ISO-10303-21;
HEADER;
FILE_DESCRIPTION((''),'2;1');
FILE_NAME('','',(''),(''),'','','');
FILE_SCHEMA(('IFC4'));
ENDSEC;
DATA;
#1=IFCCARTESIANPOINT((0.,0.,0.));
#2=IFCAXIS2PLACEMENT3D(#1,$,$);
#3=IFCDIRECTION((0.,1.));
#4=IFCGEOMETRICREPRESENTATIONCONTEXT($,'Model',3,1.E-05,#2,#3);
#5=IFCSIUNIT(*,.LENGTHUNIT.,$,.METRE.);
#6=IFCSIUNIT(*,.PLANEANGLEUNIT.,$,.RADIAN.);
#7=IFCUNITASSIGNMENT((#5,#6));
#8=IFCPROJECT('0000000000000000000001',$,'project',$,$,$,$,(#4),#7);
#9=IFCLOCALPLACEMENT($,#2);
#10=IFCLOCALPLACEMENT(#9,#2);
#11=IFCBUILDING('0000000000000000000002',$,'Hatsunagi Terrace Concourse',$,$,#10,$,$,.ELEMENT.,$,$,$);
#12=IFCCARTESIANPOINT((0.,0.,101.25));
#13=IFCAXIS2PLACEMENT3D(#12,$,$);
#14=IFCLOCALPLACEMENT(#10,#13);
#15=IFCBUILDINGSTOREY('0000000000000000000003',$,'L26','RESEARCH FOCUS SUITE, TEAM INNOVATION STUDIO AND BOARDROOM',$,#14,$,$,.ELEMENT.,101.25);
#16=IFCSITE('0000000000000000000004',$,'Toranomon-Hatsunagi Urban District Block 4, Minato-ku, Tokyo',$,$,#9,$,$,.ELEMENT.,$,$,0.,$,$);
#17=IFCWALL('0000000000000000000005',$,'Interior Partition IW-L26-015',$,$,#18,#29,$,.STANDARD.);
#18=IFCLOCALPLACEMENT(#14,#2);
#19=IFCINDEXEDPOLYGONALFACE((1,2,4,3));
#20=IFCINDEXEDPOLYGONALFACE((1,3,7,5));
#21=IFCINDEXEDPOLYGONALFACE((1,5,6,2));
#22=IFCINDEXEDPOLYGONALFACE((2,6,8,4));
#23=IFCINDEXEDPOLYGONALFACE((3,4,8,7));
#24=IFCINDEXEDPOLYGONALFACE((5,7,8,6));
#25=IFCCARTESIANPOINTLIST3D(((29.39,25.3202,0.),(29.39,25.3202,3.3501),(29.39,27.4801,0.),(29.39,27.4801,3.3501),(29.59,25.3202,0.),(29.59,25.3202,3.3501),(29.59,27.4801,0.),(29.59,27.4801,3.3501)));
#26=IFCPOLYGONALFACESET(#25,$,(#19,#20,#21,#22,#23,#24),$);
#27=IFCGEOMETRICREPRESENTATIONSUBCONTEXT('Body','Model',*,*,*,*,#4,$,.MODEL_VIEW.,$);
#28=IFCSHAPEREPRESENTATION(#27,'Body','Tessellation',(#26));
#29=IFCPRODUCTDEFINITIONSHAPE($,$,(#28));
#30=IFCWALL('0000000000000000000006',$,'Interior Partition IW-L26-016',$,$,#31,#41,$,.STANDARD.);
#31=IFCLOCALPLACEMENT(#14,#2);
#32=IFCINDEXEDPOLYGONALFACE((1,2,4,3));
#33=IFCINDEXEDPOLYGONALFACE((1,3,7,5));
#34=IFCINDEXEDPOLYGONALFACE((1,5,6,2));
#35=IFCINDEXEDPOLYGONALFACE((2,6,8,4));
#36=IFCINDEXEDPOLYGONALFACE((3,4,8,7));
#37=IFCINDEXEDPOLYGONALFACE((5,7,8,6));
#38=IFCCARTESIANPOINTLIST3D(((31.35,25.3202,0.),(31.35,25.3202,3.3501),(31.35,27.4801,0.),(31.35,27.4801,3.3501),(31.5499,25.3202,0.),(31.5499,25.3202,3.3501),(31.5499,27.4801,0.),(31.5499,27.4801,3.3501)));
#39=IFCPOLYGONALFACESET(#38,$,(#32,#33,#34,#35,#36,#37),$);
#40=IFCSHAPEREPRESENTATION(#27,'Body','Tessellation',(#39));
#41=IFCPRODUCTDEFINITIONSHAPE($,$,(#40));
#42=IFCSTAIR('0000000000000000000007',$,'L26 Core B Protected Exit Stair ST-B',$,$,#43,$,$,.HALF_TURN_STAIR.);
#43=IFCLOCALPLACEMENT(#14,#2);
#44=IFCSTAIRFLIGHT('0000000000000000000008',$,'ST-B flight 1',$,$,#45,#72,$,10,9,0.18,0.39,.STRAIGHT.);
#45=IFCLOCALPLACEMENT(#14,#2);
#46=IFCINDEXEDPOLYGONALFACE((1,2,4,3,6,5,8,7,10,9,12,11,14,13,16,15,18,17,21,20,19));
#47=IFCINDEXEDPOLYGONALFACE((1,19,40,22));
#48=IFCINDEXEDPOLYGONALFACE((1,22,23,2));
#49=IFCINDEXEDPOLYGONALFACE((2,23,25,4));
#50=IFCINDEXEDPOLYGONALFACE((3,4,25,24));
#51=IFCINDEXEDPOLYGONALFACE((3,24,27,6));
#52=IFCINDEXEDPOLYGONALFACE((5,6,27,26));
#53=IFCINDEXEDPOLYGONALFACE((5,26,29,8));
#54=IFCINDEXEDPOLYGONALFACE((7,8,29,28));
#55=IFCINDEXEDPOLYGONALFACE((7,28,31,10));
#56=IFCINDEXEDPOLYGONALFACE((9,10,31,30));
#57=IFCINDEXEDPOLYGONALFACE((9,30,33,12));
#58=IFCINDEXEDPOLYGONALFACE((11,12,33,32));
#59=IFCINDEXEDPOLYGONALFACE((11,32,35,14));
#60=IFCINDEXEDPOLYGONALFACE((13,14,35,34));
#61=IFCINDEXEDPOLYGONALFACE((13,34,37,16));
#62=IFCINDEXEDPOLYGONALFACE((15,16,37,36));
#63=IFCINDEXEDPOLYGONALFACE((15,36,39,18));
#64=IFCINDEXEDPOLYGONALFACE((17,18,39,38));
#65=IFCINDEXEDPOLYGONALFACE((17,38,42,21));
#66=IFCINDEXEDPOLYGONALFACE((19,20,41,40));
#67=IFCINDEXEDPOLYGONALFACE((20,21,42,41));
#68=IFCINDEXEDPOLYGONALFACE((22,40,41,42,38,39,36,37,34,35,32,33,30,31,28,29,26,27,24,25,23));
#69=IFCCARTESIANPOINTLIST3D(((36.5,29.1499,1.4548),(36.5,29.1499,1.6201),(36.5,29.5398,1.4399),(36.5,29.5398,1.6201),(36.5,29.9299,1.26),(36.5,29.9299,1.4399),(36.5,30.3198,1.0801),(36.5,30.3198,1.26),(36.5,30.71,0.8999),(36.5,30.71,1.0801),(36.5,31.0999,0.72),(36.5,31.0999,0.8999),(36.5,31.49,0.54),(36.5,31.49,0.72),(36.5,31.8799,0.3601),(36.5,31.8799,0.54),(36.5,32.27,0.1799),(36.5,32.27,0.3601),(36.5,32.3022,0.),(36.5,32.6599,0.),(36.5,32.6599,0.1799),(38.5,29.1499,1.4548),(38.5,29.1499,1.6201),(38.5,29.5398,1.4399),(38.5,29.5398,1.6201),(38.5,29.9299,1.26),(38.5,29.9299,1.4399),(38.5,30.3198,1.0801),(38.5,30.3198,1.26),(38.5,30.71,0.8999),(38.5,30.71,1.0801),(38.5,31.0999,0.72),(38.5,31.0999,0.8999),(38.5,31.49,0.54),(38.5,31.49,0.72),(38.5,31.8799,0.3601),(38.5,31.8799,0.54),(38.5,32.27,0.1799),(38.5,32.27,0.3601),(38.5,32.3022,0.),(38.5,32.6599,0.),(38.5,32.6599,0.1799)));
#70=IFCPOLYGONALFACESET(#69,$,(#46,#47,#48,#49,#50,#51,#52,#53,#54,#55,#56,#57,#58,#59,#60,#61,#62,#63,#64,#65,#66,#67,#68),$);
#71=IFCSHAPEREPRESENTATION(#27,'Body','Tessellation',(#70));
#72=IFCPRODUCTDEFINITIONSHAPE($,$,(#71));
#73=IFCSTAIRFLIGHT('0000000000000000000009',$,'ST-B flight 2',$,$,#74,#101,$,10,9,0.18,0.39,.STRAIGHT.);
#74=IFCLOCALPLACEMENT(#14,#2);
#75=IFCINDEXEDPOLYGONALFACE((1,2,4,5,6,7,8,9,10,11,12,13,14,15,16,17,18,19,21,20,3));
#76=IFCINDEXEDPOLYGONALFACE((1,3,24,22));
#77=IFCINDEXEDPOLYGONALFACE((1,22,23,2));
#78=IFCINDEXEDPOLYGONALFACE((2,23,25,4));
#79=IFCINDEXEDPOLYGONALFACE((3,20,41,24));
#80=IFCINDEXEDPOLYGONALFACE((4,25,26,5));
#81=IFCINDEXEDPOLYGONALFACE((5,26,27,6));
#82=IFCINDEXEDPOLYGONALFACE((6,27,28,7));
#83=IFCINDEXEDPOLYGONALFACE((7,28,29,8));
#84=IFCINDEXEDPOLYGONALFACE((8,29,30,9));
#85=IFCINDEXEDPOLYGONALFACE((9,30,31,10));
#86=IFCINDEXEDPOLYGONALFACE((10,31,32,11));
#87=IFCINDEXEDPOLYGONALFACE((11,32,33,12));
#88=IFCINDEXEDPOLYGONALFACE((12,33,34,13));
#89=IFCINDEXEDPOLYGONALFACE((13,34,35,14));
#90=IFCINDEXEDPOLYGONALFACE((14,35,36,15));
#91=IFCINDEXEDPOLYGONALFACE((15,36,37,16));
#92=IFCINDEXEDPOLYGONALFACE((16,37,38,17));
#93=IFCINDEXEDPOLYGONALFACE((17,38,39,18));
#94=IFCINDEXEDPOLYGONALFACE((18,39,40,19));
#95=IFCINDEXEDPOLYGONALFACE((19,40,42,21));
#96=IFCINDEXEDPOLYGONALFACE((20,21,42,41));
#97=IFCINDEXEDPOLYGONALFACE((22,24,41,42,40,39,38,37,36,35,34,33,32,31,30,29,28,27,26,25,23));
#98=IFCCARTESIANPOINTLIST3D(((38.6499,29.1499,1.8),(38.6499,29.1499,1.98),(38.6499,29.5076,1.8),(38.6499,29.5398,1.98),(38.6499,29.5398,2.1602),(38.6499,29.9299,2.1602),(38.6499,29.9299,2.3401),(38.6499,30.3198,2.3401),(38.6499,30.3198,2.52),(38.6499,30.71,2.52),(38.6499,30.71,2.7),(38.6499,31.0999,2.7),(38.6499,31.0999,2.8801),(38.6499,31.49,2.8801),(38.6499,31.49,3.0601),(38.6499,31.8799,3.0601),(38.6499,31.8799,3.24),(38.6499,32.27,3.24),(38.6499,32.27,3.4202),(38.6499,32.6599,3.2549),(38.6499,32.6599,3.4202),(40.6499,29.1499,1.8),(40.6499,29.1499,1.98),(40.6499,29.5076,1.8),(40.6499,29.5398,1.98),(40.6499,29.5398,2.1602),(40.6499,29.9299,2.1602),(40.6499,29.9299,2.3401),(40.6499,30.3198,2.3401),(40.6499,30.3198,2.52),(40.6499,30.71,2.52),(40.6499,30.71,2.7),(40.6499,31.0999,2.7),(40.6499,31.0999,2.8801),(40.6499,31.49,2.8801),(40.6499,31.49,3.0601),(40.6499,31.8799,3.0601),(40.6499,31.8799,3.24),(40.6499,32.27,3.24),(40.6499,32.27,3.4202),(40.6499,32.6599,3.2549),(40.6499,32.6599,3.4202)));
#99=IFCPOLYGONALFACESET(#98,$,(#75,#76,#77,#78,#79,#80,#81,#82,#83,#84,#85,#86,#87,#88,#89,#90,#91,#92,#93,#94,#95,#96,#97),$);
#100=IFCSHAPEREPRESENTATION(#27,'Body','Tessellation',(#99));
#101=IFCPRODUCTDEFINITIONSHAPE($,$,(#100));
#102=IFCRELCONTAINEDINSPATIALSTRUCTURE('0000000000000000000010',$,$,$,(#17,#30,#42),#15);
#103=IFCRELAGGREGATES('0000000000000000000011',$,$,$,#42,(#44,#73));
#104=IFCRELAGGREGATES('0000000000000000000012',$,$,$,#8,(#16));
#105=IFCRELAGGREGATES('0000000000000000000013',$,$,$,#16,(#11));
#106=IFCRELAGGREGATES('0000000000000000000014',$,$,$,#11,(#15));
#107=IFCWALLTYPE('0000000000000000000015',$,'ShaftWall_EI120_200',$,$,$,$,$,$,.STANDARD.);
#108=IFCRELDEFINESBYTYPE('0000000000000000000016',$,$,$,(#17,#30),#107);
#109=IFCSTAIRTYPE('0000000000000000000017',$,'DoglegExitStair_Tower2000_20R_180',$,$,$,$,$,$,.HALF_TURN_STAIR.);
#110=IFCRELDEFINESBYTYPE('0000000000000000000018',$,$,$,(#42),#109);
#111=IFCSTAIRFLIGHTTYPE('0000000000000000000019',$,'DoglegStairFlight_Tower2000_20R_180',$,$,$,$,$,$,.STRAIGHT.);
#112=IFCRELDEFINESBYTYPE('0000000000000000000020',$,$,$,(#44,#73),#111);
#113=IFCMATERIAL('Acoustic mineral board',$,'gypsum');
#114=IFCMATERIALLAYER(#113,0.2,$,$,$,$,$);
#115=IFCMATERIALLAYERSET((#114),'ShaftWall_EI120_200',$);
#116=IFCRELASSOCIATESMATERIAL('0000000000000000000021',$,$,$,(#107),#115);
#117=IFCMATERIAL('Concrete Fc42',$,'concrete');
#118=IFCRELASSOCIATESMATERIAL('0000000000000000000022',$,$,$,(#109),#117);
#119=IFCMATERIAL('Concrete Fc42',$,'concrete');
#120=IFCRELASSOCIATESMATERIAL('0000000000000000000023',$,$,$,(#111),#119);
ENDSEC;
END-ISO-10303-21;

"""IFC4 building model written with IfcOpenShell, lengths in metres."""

from ifc_helpers import new_model, si_unit, direction, frame, frame_2d, origin, place, context, subcontext, project, spatial, polyline, rectangle, outline, extrude, material, layer, layer_set, type_object, element, aggregate, save


model = new_model("IFC4")

# Units and contexts
model_context = context("Model", 3, precision=1e-05, world=origin(), true_north=direction((0.0, 1.0)))
body_context = subcontext(model_context, "Body", "Model", "MODEL_VIEW")
ifc_project = project(units=[si_unit("LENGTHUNIT", "METRE"), si_unit("PLANEANGLEUNIT", "RADIAN")], contexts=[model_context])

# Site, building, storey
site_placement = place(None, origin())
site = spatial("IfcSite", under=ifc_project, at=site_placement, Name="Toranomon-Hatsunagi Urban District Block 4, Minato-ku, Tokyo", CompositionType="ELEMENT", RefElevation=0.0)
building_placement = place(site_placement, origin())
building = spatial("IfcBuilding", under=site, at=building_placement, Name="Hatsunagi Terrace Concourse", CompositionType="ELEMENT")
storey_placement = place(building_placement, frame((0.0, 0.0, 101.25)))
storey = spatial("IfcBuildingStorey", under=building, at=storey_placement, Name="L26", Description="RESEARCH FOCUS SUITE, TEAM INNOVATION STUDIO AND BOARDROOM", CompositionType="ELEMENT", Elevation=101.25)

# Shared definitions
ifc_material_1 = material(Name="Acoustic mineral board", Category="gypsum")
ifc_layer_1 = layer(ifc_material_1, 0.2)
ifc_layer_set_1 = layer_set([ifc_layer_1], Name="ShaftWall_EI120_200")
wall_type_1 = type_object("IfcWallType", Name="ShaftWall_EI120_200", PredefinedType="STANDARD", material=ifc_layer_set_1)

# Walls
for number, where, z_axis, x_axis, name in (
    (1, (29.49, 25.3201, 0.0), (0.0, 0.0, 1.0), (0.0, 1.0, 0.0), "Interior Partition IW-L26-015"),
    (2, (31.45, 25.3201, 0.0), (0.0, 0.0, 1.0), (0.0, 1.0, 0.0), "Interior Partition IW-L26-016"),
):
    element("IfcWall", number, at=place(storey_placement, frame(where, z_axis=z_axis, x_axis=x_axis)), inside=storey, type_object=wall_type_1, Name=name, PredefinedType="STANDARD", context=body_context, shape_type="SweptSolid", body=[
        extrude(rectangle(XDim=2.1599, YDim=0.2, at=frame_2d((1.0801, 0.0))), origin(), (0.0, 0.0, 1.0), 3.3501),
    ])

# Stair, stair flights
ifc_material_2 = material(Name="Concrete Fc42", Category="concrete")
stair_type = type_object("IfcStairType", Name="DoglegExitStair_Tower2000_20R_180", PredefinedType="HALF_TURN_STAIR", material=ifc_material_2)
stair_placement = place(storey_placement, origin())
stair = element("IfcStair", 3, at=stair_placement, inside=storey, type_object=stair_type, Name="L26 Core B Protected Exit Stair ST-B", PredefinedType="HALF_TURN_STAIR")
ifc_material_3 = material(Name="Concrete Fc42", Category="concrete")
stair_flight_type = type_object("IfcStairFlightType", Name="DoglegStairFlight_Tower2000_20R_180", PredefinedType="STRAIGHT", material=ifc_material_3)
stair_flight_1_placement = place(storey_placement, frame((37.5, 32.6599, 0.0), z_axis=(0.0, 0.0, 1.0), x_axis=(0.0, -1.0, 0.0)))
stair_flight_1 = element("IfcStairFlight", 4, at=stair_flight_1_placement, type_object=stair_flight_type, Name="ST-B flight 1", NumberOfRisers=10, NumberOfTreads=9, PredefinedType="STRAIGHT", RiserHeight=0.18, TreadLength=0.39, context=body_context, shape_type="SweptSolid", body=[
    extrude(outline(polyline([(0.0, 0.0), (0.0, 0.1799), (0.3899, 0.1799), (0.3899, 0.3601), (0.78, 0.3601), (0.78, 0.54), (1.1699, 0.54), (1.1699, 0.72), (1.5601, 0.72), (1.5601, 0.8999), (1.95, 0.8999), (1.95, 1.0801), (2.3401, 1.0801), (2.3401, 1.26), (2.73, 1.26), (2.73, 1.4399), (3.1201, 1.4399), (3.1201, 1.6201), (3.51, 1.6201), (3.51, 1.8), (3.51, 1.4548), (0.3577, 0.0), (0.0, 0.0)])), frame((0.0, 1.0, 0.0), z_axis=(0.0, -1.0, 0.0), x_axis=(1.0, 0.0, 0.0)), (0.0, 0.0, 1.0), 2.0),
])
stair_flight_2_placement = place(storey_placement, frame((39.6499, 29.1499, 1.8), z_axis=(0.0, 0.0, 1.0), x_axis=(0.0, 1.0, 0.0)))
stair_flight_2 = element("IfcStairFlight", 5, at=stair_flight_2_placement, type_object=stair_flight_type, Name="ST-B flight 2", NumberOfRisers=10, NumberOfTreads=9, PredefinedType="STRAIGHT", RiserHeight=0.18, TreadLength=0.39, context=body_context, shape_type="SweptSolid", body=[
    extrude(outline(polyline([(0.0, 0.0), (0.0, 0.1799), (0.3899, 0.1799), (0.3899, 0.3601), (0.78, 0.3601), (0.78, 0.54), (1.1699, 0.54), (1.1699, 0.72), (1.5601, 0.72), (1.5601, 0.8999), (1.95, 0.8999), (1.95, 1.0801), (2.3401, 1.0801), (2.3401, 1.26), (2.73, 1.26), (2.73, 1.4399), (3.1201, 1.4399), (3.1201, 1.6201), (3.51, 1.6201), (3.51, 1.8), (3.51, 1.4548), (0.3577, 0.0), (0.0, 0.0)])), frame((0.0, 1.0, 0.0), z_axis=(0.0, -1.0, 0.0), x_axis=(1.0, 0.0, 0.0)), (0.0, 0.0, 1.0), 2.0),
])
aggregate(stair, [stair_flight_1, stair_flight_2])

save(model, "model.ifc")
